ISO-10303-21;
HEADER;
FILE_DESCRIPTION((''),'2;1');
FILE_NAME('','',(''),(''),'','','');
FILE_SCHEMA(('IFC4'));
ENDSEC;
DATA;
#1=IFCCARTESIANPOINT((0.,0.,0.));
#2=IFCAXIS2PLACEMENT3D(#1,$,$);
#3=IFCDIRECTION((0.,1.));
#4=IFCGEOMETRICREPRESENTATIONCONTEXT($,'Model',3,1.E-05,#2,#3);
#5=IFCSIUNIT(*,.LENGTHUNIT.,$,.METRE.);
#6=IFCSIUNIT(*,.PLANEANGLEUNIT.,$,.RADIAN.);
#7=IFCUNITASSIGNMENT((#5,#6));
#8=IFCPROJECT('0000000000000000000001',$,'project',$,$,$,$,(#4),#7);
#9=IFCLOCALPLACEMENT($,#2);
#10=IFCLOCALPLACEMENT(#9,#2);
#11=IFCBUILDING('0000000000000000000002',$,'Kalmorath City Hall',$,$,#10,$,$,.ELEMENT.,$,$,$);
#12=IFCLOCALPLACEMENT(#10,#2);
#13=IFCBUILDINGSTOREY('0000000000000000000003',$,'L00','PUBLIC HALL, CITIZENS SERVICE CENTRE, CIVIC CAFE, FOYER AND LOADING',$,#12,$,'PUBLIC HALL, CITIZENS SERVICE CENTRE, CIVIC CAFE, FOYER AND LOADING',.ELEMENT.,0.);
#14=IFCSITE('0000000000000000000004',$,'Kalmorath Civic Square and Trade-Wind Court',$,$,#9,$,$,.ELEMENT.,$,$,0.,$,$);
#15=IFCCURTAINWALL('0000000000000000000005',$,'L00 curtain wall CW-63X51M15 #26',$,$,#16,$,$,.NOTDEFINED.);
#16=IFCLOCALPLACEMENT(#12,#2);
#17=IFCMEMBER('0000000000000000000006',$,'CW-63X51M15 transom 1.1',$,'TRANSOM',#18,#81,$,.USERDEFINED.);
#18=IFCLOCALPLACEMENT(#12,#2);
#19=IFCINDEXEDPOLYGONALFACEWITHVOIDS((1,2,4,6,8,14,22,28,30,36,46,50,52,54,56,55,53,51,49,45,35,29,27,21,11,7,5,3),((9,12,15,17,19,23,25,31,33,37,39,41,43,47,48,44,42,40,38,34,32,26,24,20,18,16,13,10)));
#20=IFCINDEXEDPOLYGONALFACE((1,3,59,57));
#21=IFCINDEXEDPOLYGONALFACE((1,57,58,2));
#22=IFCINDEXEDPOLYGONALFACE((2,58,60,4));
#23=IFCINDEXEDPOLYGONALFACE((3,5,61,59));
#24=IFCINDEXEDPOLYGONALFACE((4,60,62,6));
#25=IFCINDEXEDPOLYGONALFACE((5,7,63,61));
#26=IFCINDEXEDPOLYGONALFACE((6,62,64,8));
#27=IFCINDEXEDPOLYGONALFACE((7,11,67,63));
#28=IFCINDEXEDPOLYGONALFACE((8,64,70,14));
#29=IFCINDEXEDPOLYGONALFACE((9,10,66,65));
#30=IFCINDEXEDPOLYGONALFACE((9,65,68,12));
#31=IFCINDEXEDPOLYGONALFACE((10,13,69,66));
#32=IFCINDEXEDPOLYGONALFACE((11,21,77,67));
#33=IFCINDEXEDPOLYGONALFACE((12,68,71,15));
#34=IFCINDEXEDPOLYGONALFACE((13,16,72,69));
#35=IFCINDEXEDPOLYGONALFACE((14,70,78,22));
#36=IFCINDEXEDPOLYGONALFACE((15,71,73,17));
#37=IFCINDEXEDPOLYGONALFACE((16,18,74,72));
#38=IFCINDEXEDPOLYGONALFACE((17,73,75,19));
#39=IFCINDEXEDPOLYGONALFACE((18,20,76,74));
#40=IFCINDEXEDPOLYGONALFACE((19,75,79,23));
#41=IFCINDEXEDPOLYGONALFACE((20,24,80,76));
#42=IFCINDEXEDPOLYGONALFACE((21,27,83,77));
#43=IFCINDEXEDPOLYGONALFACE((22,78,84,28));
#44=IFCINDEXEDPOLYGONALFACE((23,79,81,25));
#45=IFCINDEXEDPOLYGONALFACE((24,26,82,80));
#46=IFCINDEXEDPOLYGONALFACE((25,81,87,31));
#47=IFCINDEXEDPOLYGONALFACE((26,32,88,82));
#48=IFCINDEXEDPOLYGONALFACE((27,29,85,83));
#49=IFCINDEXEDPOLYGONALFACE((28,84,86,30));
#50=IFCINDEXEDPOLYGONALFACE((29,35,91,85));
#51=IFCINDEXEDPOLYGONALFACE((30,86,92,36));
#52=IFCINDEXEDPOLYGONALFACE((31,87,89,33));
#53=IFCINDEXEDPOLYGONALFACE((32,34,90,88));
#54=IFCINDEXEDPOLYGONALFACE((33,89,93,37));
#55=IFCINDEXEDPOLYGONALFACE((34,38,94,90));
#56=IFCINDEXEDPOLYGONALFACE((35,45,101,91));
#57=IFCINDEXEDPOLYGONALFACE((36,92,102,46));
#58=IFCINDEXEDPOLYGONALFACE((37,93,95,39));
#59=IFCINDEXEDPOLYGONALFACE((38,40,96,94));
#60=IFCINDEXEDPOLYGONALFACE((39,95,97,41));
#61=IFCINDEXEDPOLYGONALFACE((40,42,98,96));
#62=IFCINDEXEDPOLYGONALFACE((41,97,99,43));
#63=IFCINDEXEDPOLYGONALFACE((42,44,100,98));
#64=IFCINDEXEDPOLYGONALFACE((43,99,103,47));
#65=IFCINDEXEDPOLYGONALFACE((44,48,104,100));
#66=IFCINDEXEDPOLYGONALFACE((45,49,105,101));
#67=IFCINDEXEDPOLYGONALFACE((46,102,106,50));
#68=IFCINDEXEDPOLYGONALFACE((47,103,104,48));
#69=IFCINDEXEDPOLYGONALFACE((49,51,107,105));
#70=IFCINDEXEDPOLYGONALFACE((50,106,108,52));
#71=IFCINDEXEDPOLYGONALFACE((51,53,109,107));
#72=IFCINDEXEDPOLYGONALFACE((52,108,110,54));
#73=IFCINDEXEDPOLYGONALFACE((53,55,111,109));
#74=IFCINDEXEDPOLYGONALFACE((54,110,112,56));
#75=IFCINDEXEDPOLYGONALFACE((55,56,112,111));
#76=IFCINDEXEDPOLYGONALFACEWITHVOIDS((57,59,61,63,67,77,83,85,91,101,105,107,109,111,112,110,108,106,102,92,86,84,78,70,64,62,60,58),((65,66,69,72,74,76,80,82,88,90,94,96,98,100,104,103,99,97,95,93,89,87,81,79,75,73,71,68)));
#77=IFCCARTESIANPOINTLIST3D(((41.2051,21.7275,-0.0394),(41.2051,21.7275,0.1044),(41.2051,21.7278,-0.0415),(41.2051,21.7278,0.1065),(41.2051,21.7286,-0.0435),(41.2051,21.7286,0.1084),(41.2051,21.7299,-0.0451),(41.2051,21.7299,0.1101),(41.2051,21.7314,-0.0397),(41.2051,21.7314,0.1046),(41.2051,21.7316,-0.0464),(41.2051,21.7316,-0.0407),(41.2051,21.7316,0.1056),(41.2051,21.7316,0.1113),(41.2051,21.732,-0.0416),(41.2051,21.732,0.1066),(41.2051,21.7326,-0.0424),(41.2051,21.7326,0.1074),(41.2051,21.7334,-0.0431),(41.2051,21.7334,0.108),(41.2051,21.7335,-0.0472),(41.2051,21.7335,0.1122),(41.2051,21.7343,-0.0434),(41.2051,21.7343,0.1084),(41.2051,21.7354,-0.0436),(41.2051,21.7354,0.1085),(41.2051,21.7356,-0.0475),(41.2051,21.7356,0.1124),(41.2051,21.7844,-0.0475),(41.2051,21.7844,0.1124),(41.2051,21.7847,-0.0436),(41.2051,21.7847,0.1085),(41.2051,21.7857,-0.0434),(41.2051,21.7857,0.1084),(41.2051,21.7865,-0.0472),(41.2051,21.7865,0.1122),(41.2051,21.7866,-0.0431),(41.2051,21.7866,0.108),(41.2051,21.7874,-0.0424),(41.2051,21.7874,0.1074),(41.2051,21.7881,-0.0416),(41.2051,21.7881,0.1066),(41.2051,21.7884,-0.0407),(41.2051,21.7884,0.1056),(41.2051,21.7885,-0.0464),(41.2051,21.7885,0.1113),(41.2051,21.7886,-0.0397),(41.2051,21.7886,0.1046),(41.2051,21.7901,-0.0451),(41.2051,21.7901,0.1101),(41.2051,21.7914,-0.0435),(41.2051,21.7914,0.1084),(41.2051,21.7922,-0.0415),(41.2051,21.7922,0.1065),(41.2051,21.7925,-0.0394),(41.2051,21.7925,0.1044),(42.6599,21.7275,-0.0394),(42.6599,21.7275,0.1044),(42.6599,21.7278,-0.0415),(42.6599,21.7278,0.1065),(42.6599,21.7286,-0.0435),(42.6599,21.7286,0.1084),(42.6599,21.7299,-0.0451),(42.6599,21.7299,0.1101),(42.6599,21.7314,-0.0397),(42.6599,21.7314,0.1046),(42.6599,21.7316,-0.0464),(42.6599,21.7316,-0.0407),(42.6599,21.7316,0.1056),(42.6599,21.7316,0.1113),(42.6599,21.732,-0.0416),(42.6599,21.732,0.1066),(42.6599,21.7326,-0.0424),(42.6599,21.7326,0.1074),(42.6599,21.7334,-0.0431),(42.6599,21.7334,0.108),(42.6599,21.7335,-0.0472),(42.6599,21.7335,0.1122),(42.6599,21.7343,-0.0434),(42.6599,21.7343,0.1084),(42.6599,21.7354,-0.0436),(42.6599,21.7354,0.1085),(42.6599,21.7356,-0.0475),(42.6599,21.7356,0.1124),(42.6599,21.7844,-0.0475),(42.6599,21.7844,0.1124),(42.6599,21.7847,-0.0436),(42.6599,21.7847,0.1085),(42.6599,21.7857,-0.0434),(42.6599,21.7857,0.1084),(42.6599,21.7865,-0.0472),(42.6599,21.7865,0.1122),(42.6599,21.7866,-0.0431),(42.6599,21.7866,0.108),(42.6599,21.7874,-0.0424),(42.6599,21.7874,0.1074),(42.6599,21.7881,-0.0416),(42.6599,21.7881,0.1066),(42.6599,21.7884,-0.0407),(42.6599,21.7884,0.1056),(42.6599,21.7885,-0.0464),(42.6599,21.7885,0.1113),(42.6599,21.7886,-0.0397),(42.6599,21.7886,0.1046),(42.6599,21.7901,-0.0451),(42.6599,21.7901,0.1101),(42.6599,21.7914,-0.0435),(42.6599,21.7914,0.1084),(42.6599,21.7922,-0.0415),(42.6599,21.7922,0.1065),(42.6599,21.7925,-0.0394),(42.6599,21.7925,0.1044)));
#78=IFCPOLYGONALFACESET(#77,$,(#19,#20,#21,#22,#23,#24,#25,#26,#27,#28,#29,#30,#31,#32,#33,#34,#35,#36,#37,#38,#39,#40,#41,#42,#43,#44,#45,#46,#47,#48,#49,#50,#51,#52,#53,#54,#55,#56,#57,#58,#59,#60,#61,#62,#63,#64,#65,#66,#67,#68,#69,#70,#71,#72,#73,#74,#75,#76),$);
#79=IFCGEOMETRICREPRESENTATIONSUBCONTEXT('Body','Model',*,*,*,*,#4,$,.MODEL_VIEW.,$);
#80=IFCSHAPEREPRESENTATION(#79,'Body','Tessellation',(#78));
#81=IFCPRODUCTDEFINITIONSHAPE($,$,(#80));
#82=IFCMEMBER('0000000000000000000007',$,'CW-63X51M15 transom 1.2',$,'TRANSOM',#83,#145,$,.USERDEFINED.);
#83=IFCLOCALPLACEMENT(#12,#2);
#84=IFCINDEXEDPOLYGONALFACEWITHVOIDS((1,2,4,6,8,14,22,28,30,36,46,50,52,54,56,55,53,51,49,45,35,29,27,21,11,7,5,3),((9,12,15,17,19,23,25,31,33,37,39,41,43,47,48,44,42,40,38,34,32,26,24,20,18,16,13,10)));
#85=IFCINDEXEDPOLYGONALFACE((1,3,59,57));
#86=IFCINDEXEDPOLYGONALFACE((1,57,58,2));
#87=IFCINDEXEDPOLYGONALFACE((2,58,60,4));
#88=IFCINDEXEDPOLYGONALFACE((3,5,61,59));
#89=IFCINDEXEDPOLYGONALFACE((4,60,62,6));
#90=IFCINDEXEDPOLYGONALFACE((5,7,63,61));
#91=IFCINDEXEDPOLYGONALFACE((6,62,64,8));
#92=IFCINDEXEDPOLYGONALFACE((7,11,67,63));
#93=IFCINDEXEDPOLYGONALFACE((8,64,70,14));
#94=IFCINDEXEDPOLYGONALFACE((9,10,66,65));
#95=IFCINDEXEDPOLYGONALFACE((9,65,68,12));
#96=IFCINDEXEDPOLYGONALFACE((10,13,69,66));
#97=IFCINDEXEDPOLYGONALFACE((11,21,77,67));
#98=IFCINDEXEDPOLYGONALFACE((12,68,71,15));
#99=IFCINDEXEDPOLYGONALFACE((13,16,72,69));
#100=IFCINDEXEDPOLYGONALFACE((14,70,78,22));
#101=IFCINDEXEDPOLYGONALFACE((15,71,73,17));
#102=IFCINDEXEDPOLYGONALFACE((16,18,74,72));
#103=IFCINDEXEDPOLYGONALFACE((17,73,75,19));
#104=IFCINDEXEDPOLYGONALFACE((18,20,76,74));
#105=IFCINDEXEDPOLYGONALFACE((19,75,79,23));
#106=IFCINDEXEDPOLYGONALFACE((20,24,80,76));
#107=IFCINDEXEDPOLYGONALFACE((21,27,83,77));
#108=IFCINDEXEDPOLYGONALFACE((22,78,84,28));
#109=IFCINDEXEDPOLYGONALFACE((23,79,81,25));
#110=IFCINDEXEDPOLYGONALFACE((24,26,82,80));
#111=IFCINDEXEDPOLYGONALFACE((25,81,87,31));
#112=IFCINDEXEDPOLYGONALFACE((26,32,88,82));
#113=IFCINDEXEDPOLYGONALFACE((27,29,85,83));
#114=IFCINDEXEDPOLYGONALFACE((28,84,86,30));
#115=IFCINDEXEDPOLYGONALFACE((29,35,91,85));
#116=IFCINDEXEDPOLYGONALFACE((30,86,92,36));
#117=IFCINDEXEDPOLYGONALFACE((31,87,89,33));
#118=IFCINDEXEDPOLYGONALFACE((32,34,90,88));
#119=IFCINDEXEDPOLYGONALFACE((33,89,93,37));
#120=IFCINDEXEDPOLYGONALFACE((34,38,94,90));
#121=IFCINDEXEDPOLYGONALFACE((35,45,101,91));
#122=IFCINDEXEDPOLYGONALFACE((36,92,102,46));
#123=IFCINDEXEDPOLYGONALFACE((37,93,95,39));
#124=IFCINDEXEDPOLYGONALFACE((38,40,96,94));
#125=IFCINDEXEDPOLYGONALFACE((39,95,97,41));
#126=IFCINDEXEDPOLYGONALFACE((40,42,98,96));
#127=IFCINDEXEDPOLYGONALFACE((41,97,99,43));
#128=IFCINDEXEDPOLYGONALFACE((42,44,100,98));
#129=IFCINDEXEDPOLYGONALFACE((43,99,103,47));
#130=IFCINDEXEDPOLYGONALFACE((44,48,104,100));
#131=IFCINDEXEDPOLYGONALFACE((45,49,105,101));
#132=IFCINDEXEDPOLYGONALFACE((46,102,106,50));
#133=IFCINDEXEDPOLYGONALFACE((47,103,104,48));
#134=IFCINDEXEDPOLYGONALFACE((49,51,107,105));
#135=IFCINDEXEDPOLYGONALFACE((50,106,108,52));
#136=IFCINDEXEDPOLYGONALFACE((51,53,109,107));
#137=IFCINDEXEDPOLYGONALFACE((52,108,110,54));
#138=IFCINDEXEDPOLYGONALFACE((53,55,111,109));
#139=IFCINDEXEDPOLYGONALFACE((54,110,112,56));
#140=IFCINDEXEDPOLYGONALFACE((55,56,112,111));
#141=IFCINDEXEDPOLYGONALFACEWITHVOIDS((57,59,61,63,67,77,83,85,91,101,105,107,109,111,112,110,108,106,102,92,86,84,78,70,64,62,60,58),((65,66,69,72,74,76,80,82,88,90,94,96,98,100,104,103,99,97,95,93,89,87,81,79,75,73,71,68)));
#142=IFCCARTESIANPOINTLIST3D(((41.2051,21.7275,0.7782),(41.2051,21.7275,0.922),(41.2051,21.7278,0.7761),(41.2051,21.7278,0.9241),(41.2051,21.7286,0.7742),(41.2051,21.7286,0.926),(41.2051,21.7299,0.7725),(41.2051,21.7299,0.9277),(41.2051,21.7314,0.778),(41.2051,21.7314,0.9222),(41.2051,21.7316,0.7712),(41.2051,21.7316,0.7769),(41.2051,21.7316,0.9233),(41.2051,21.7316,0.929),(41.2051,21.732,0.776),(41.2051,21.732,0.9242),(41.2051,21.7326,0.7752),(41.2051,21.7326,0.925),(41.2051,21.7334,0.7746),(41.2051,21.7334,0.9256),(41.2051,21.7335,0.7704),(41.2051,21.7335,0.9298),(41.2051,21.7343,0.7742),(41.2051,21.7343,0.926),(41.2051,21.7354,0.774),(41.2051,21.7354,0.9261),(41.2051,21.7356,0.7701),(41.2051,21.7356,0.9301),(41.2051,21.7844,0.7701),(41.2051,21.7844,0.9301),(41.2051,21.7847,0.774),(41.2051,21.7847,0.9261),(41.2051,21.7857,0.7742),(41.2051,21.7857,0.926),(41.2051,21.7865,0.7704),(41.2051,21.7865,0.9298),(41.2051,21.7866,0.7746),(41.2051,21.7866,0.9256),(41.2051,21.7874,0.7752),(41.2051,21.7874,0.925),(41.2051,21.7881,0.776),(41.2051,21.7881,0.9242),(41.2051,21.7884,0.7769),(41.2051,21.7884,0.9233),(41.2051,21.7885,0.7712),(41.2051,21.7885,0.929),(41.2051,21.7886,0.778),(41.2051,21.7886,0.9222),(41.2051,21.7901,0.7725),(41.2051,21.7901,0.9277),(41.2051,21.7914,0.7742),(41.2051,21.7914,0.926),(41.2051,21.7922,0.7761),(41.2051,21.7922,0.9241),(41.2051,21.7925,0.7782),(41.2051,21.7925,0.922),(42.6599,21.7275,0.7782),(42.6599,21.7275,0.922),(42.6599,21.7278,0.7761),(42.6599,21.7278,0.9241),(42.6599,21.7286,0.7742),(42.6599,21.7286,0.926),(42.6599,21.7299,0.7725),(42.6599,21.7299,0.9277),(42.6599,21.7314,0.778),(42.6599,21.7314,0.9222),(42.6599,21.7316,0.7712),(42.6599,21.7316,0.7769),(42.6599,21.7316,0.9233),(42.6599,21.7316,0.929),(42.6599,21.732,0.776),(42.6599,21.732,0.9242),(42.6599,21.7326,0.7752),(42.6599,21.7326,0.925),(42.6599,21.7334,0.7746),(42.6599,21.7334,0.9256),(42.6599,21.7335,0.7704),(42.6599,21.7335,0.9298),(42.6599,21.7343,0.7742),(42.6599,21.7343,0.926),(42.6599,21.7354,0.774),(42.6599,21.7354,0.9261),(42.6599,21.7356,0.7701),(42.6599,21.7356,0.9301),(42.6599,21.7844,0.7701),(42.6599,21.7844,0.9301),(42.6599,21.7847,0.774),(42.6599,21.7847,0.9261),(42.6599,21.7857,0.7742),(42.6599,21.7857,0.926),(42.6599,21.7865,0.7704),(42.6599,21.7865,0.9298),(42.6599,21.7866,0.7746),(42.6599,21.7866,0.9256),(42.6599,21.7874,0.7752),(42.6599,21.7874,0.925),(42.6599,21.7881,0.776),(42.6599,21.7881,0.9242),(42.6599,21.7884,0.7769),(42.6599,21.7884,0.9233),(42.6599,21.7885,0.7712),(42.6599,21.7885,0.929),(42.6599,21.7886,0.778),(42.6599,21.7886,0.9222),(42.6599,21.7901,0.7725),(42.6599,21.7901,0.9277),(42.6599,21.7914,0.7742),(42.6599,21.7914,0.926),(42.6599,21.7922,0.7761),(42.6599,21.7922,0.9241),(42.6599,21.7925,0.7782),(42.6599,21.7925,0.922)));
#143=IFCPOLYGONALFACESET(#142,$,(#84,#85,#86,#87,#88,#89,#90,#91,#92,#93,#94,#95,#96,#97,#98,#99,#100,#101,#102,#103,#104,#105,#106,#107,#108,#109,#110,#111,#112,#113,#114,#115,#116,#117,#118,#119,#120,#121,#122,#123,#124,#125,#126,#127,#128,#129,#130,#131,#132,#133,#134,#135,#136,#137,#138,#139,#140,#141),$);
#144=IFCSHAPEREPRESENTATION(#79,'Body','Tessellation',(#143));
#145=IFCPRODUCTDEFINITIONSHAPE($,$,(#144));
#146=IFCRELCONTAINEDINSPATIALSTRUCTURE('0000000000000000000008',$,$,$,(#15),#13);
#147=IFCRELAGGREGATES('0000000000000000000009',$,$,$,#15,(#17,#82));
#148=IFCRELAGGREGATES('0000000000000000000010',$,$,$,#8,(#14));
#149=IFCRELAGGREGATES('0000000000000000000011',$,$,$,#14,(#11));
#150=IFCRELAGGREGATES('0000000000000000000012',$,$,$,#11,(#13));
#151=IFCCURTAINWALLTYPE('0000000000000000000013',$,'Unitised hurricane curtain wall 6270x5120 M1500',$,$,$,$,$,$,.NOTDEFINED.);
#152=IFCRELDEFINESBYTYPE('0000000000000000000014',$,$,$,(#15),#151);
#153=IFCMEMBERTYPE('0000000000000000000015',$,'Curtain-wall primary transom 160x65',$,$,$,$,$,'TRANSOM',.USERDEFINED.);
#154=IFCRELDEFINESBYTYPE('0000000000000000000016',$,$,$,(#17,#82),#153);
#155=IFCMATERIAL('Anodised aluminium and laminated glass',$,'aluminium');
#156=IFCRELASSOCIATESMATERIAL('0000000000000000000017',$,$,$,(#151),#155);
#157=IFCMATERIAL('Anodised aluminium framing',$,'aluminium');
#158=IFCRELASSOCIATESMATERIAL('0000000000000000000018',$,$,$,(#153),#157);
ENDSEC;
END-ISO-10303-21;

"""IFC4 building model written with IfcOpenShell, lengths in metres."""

from ifc_helpers import new_model, si_unit, direction, frame, origin, origin_2d, place, context, subcontext, project, spatial, hollow_rectangle, extrude, material, material_profile, profile_set, type_object, element, aggregate, save


model = new_model("IFC4")

# Units and contexts
model_context = context("Model", 3, precision=1e-05, world=origin(), true_north=direction((0.0, 1.0)))
body_context = subcontext(model_context, "Body", "Model", "MODEL_VIEW")
ifc_project = project(units=[si_unit("LENGTHUNIT", "METRE"), si_unit("PLANEANGLEUNIT", "RADIAN")], contexts=[model_context])

# Site, building, storey
site_placement = place(None, origin())
site = spatial("IfcSite", under=ifc_project, at=site_placement, Name="Kalmorath Civic Square and Trade-Wind Court", CompositionType="ELEMENT", RefElevation=0.0)
building_placement = place(site_placement, origin())
building = spatial("IfcBuilding", under=site, at=building_placement, Name="Kalmorath City Hall", CompositionType="ELEMENT")
storey_placement = place(building_placement, origin())
storey = spatial("IfcBuildingStorey", under=building, at=storey_placement, Name="L00", Description="PUBLIC HALL, CITIZENS SERVICE CENTRE, CIVIC CAFE, FOYER AND LOADING", LongName="PUBLIC HALL, CITIZENS SERVICE CENTRE, CIVIC CAFE, FOYER AND LOADING", CompositionType="ELEMENT", Elevation=0.0)

# Curtain wall, members
ifc_material_1 = material(Name="Anodised aluminium and laminated glass", Category="aluminium")
curtain_wall_type_1 = type_object("IfcCurtainWallType", Name="Unitised hurricane curtain wall 6270x5120 M1500", PredefinedType="NOTDEFINED", material=ifc_material_1)
curtain_wall_1_placement = place(storey_placement, origin())
curtain_wall_1 = element("IfcCurtainWall", 1, at=curtain_wall_1_placement, inside=storey, type_object=curtain_wall_type_1, Name="L00 curtain wall CW-63X51M15 #26", PredefinedType="NOTDEFINED")
ifc_material_2 = material(Name="Anodised aluminium framing", Category="aluminium")
ifc_material_profile_1 = material_profile(ifc_material_2, hollow_rectangle(XDim=0.0649, YDim=0.1599, WallThickness=0.0039, InnerFilletRadius=0.0039, OuterFilletRadius=0.0081, at=origin_2d()), Name="ALU-TRN-160X65X4")
ifc_profile_set_1 = profile_set([ifc_material_profile_1], Name="Anodised aluminium framing")
member_type_1 = type_object("IfcMemberType", Name="Curtain-wall primary transom 160x65", ElementType="TRANSOM", PredefinedType="USERDEFINED", material=ifc_profile_set_1)
member_1_placement = place(storey_placement, frame((42.6599, 21.76, 0.0325), z_axis=(-1.0, 0.0, 0.0), x_axis=(0.0, -1.0, 0.0)))
member_1 = element("IfcMember", 2, at=member_1_placement, type_object=member_type_1, Name="CW-63X51M15 transom 1.1", ObjectType="TRANSOM", PredefinedType="USERDEFINED", context=body_context, shape_type="SweptSolid", body=[
    extrude(hollow_rectangle(XDim=0.0649, YDim=0.1599, WallThickness=0.0039, InnerFilletRadius=0.0039, OuterFilletRadius=0.0081, at=origin_2d()), origin(), (0.0, 0.0, 1.0), 1.4548),
])
member_2_placement = place(storey_placement, frame((42.6599, 21.76, 0.8501), z_axis=(-1.0, 0.0, 0.0), x_axis=(0.0, -1.0, 0.0)))
member_2 = element("IfcMember", 3, at=member_2_placement, type_object=member_type_1, Name="CW-63X51M15 transom 1.2", ObjectType="TRANSOM", PredefinedType="USERDEFINED", context=body_context, shape_type="SweptSolid", body=[
    extrude(hollow_rectangle(XDim=0.0649, YDim=0.1599, WallThickness=0.0039, InnerFilletRadius=0.0039, OuterFilletRadius=0.0081, at=origin_2d()), origin(), (0.0, 0.0, 1.0), 1.4548),
])

aggregate(curtain_wall_1, [member_1, member_2])

save(model, "model.ifc")
